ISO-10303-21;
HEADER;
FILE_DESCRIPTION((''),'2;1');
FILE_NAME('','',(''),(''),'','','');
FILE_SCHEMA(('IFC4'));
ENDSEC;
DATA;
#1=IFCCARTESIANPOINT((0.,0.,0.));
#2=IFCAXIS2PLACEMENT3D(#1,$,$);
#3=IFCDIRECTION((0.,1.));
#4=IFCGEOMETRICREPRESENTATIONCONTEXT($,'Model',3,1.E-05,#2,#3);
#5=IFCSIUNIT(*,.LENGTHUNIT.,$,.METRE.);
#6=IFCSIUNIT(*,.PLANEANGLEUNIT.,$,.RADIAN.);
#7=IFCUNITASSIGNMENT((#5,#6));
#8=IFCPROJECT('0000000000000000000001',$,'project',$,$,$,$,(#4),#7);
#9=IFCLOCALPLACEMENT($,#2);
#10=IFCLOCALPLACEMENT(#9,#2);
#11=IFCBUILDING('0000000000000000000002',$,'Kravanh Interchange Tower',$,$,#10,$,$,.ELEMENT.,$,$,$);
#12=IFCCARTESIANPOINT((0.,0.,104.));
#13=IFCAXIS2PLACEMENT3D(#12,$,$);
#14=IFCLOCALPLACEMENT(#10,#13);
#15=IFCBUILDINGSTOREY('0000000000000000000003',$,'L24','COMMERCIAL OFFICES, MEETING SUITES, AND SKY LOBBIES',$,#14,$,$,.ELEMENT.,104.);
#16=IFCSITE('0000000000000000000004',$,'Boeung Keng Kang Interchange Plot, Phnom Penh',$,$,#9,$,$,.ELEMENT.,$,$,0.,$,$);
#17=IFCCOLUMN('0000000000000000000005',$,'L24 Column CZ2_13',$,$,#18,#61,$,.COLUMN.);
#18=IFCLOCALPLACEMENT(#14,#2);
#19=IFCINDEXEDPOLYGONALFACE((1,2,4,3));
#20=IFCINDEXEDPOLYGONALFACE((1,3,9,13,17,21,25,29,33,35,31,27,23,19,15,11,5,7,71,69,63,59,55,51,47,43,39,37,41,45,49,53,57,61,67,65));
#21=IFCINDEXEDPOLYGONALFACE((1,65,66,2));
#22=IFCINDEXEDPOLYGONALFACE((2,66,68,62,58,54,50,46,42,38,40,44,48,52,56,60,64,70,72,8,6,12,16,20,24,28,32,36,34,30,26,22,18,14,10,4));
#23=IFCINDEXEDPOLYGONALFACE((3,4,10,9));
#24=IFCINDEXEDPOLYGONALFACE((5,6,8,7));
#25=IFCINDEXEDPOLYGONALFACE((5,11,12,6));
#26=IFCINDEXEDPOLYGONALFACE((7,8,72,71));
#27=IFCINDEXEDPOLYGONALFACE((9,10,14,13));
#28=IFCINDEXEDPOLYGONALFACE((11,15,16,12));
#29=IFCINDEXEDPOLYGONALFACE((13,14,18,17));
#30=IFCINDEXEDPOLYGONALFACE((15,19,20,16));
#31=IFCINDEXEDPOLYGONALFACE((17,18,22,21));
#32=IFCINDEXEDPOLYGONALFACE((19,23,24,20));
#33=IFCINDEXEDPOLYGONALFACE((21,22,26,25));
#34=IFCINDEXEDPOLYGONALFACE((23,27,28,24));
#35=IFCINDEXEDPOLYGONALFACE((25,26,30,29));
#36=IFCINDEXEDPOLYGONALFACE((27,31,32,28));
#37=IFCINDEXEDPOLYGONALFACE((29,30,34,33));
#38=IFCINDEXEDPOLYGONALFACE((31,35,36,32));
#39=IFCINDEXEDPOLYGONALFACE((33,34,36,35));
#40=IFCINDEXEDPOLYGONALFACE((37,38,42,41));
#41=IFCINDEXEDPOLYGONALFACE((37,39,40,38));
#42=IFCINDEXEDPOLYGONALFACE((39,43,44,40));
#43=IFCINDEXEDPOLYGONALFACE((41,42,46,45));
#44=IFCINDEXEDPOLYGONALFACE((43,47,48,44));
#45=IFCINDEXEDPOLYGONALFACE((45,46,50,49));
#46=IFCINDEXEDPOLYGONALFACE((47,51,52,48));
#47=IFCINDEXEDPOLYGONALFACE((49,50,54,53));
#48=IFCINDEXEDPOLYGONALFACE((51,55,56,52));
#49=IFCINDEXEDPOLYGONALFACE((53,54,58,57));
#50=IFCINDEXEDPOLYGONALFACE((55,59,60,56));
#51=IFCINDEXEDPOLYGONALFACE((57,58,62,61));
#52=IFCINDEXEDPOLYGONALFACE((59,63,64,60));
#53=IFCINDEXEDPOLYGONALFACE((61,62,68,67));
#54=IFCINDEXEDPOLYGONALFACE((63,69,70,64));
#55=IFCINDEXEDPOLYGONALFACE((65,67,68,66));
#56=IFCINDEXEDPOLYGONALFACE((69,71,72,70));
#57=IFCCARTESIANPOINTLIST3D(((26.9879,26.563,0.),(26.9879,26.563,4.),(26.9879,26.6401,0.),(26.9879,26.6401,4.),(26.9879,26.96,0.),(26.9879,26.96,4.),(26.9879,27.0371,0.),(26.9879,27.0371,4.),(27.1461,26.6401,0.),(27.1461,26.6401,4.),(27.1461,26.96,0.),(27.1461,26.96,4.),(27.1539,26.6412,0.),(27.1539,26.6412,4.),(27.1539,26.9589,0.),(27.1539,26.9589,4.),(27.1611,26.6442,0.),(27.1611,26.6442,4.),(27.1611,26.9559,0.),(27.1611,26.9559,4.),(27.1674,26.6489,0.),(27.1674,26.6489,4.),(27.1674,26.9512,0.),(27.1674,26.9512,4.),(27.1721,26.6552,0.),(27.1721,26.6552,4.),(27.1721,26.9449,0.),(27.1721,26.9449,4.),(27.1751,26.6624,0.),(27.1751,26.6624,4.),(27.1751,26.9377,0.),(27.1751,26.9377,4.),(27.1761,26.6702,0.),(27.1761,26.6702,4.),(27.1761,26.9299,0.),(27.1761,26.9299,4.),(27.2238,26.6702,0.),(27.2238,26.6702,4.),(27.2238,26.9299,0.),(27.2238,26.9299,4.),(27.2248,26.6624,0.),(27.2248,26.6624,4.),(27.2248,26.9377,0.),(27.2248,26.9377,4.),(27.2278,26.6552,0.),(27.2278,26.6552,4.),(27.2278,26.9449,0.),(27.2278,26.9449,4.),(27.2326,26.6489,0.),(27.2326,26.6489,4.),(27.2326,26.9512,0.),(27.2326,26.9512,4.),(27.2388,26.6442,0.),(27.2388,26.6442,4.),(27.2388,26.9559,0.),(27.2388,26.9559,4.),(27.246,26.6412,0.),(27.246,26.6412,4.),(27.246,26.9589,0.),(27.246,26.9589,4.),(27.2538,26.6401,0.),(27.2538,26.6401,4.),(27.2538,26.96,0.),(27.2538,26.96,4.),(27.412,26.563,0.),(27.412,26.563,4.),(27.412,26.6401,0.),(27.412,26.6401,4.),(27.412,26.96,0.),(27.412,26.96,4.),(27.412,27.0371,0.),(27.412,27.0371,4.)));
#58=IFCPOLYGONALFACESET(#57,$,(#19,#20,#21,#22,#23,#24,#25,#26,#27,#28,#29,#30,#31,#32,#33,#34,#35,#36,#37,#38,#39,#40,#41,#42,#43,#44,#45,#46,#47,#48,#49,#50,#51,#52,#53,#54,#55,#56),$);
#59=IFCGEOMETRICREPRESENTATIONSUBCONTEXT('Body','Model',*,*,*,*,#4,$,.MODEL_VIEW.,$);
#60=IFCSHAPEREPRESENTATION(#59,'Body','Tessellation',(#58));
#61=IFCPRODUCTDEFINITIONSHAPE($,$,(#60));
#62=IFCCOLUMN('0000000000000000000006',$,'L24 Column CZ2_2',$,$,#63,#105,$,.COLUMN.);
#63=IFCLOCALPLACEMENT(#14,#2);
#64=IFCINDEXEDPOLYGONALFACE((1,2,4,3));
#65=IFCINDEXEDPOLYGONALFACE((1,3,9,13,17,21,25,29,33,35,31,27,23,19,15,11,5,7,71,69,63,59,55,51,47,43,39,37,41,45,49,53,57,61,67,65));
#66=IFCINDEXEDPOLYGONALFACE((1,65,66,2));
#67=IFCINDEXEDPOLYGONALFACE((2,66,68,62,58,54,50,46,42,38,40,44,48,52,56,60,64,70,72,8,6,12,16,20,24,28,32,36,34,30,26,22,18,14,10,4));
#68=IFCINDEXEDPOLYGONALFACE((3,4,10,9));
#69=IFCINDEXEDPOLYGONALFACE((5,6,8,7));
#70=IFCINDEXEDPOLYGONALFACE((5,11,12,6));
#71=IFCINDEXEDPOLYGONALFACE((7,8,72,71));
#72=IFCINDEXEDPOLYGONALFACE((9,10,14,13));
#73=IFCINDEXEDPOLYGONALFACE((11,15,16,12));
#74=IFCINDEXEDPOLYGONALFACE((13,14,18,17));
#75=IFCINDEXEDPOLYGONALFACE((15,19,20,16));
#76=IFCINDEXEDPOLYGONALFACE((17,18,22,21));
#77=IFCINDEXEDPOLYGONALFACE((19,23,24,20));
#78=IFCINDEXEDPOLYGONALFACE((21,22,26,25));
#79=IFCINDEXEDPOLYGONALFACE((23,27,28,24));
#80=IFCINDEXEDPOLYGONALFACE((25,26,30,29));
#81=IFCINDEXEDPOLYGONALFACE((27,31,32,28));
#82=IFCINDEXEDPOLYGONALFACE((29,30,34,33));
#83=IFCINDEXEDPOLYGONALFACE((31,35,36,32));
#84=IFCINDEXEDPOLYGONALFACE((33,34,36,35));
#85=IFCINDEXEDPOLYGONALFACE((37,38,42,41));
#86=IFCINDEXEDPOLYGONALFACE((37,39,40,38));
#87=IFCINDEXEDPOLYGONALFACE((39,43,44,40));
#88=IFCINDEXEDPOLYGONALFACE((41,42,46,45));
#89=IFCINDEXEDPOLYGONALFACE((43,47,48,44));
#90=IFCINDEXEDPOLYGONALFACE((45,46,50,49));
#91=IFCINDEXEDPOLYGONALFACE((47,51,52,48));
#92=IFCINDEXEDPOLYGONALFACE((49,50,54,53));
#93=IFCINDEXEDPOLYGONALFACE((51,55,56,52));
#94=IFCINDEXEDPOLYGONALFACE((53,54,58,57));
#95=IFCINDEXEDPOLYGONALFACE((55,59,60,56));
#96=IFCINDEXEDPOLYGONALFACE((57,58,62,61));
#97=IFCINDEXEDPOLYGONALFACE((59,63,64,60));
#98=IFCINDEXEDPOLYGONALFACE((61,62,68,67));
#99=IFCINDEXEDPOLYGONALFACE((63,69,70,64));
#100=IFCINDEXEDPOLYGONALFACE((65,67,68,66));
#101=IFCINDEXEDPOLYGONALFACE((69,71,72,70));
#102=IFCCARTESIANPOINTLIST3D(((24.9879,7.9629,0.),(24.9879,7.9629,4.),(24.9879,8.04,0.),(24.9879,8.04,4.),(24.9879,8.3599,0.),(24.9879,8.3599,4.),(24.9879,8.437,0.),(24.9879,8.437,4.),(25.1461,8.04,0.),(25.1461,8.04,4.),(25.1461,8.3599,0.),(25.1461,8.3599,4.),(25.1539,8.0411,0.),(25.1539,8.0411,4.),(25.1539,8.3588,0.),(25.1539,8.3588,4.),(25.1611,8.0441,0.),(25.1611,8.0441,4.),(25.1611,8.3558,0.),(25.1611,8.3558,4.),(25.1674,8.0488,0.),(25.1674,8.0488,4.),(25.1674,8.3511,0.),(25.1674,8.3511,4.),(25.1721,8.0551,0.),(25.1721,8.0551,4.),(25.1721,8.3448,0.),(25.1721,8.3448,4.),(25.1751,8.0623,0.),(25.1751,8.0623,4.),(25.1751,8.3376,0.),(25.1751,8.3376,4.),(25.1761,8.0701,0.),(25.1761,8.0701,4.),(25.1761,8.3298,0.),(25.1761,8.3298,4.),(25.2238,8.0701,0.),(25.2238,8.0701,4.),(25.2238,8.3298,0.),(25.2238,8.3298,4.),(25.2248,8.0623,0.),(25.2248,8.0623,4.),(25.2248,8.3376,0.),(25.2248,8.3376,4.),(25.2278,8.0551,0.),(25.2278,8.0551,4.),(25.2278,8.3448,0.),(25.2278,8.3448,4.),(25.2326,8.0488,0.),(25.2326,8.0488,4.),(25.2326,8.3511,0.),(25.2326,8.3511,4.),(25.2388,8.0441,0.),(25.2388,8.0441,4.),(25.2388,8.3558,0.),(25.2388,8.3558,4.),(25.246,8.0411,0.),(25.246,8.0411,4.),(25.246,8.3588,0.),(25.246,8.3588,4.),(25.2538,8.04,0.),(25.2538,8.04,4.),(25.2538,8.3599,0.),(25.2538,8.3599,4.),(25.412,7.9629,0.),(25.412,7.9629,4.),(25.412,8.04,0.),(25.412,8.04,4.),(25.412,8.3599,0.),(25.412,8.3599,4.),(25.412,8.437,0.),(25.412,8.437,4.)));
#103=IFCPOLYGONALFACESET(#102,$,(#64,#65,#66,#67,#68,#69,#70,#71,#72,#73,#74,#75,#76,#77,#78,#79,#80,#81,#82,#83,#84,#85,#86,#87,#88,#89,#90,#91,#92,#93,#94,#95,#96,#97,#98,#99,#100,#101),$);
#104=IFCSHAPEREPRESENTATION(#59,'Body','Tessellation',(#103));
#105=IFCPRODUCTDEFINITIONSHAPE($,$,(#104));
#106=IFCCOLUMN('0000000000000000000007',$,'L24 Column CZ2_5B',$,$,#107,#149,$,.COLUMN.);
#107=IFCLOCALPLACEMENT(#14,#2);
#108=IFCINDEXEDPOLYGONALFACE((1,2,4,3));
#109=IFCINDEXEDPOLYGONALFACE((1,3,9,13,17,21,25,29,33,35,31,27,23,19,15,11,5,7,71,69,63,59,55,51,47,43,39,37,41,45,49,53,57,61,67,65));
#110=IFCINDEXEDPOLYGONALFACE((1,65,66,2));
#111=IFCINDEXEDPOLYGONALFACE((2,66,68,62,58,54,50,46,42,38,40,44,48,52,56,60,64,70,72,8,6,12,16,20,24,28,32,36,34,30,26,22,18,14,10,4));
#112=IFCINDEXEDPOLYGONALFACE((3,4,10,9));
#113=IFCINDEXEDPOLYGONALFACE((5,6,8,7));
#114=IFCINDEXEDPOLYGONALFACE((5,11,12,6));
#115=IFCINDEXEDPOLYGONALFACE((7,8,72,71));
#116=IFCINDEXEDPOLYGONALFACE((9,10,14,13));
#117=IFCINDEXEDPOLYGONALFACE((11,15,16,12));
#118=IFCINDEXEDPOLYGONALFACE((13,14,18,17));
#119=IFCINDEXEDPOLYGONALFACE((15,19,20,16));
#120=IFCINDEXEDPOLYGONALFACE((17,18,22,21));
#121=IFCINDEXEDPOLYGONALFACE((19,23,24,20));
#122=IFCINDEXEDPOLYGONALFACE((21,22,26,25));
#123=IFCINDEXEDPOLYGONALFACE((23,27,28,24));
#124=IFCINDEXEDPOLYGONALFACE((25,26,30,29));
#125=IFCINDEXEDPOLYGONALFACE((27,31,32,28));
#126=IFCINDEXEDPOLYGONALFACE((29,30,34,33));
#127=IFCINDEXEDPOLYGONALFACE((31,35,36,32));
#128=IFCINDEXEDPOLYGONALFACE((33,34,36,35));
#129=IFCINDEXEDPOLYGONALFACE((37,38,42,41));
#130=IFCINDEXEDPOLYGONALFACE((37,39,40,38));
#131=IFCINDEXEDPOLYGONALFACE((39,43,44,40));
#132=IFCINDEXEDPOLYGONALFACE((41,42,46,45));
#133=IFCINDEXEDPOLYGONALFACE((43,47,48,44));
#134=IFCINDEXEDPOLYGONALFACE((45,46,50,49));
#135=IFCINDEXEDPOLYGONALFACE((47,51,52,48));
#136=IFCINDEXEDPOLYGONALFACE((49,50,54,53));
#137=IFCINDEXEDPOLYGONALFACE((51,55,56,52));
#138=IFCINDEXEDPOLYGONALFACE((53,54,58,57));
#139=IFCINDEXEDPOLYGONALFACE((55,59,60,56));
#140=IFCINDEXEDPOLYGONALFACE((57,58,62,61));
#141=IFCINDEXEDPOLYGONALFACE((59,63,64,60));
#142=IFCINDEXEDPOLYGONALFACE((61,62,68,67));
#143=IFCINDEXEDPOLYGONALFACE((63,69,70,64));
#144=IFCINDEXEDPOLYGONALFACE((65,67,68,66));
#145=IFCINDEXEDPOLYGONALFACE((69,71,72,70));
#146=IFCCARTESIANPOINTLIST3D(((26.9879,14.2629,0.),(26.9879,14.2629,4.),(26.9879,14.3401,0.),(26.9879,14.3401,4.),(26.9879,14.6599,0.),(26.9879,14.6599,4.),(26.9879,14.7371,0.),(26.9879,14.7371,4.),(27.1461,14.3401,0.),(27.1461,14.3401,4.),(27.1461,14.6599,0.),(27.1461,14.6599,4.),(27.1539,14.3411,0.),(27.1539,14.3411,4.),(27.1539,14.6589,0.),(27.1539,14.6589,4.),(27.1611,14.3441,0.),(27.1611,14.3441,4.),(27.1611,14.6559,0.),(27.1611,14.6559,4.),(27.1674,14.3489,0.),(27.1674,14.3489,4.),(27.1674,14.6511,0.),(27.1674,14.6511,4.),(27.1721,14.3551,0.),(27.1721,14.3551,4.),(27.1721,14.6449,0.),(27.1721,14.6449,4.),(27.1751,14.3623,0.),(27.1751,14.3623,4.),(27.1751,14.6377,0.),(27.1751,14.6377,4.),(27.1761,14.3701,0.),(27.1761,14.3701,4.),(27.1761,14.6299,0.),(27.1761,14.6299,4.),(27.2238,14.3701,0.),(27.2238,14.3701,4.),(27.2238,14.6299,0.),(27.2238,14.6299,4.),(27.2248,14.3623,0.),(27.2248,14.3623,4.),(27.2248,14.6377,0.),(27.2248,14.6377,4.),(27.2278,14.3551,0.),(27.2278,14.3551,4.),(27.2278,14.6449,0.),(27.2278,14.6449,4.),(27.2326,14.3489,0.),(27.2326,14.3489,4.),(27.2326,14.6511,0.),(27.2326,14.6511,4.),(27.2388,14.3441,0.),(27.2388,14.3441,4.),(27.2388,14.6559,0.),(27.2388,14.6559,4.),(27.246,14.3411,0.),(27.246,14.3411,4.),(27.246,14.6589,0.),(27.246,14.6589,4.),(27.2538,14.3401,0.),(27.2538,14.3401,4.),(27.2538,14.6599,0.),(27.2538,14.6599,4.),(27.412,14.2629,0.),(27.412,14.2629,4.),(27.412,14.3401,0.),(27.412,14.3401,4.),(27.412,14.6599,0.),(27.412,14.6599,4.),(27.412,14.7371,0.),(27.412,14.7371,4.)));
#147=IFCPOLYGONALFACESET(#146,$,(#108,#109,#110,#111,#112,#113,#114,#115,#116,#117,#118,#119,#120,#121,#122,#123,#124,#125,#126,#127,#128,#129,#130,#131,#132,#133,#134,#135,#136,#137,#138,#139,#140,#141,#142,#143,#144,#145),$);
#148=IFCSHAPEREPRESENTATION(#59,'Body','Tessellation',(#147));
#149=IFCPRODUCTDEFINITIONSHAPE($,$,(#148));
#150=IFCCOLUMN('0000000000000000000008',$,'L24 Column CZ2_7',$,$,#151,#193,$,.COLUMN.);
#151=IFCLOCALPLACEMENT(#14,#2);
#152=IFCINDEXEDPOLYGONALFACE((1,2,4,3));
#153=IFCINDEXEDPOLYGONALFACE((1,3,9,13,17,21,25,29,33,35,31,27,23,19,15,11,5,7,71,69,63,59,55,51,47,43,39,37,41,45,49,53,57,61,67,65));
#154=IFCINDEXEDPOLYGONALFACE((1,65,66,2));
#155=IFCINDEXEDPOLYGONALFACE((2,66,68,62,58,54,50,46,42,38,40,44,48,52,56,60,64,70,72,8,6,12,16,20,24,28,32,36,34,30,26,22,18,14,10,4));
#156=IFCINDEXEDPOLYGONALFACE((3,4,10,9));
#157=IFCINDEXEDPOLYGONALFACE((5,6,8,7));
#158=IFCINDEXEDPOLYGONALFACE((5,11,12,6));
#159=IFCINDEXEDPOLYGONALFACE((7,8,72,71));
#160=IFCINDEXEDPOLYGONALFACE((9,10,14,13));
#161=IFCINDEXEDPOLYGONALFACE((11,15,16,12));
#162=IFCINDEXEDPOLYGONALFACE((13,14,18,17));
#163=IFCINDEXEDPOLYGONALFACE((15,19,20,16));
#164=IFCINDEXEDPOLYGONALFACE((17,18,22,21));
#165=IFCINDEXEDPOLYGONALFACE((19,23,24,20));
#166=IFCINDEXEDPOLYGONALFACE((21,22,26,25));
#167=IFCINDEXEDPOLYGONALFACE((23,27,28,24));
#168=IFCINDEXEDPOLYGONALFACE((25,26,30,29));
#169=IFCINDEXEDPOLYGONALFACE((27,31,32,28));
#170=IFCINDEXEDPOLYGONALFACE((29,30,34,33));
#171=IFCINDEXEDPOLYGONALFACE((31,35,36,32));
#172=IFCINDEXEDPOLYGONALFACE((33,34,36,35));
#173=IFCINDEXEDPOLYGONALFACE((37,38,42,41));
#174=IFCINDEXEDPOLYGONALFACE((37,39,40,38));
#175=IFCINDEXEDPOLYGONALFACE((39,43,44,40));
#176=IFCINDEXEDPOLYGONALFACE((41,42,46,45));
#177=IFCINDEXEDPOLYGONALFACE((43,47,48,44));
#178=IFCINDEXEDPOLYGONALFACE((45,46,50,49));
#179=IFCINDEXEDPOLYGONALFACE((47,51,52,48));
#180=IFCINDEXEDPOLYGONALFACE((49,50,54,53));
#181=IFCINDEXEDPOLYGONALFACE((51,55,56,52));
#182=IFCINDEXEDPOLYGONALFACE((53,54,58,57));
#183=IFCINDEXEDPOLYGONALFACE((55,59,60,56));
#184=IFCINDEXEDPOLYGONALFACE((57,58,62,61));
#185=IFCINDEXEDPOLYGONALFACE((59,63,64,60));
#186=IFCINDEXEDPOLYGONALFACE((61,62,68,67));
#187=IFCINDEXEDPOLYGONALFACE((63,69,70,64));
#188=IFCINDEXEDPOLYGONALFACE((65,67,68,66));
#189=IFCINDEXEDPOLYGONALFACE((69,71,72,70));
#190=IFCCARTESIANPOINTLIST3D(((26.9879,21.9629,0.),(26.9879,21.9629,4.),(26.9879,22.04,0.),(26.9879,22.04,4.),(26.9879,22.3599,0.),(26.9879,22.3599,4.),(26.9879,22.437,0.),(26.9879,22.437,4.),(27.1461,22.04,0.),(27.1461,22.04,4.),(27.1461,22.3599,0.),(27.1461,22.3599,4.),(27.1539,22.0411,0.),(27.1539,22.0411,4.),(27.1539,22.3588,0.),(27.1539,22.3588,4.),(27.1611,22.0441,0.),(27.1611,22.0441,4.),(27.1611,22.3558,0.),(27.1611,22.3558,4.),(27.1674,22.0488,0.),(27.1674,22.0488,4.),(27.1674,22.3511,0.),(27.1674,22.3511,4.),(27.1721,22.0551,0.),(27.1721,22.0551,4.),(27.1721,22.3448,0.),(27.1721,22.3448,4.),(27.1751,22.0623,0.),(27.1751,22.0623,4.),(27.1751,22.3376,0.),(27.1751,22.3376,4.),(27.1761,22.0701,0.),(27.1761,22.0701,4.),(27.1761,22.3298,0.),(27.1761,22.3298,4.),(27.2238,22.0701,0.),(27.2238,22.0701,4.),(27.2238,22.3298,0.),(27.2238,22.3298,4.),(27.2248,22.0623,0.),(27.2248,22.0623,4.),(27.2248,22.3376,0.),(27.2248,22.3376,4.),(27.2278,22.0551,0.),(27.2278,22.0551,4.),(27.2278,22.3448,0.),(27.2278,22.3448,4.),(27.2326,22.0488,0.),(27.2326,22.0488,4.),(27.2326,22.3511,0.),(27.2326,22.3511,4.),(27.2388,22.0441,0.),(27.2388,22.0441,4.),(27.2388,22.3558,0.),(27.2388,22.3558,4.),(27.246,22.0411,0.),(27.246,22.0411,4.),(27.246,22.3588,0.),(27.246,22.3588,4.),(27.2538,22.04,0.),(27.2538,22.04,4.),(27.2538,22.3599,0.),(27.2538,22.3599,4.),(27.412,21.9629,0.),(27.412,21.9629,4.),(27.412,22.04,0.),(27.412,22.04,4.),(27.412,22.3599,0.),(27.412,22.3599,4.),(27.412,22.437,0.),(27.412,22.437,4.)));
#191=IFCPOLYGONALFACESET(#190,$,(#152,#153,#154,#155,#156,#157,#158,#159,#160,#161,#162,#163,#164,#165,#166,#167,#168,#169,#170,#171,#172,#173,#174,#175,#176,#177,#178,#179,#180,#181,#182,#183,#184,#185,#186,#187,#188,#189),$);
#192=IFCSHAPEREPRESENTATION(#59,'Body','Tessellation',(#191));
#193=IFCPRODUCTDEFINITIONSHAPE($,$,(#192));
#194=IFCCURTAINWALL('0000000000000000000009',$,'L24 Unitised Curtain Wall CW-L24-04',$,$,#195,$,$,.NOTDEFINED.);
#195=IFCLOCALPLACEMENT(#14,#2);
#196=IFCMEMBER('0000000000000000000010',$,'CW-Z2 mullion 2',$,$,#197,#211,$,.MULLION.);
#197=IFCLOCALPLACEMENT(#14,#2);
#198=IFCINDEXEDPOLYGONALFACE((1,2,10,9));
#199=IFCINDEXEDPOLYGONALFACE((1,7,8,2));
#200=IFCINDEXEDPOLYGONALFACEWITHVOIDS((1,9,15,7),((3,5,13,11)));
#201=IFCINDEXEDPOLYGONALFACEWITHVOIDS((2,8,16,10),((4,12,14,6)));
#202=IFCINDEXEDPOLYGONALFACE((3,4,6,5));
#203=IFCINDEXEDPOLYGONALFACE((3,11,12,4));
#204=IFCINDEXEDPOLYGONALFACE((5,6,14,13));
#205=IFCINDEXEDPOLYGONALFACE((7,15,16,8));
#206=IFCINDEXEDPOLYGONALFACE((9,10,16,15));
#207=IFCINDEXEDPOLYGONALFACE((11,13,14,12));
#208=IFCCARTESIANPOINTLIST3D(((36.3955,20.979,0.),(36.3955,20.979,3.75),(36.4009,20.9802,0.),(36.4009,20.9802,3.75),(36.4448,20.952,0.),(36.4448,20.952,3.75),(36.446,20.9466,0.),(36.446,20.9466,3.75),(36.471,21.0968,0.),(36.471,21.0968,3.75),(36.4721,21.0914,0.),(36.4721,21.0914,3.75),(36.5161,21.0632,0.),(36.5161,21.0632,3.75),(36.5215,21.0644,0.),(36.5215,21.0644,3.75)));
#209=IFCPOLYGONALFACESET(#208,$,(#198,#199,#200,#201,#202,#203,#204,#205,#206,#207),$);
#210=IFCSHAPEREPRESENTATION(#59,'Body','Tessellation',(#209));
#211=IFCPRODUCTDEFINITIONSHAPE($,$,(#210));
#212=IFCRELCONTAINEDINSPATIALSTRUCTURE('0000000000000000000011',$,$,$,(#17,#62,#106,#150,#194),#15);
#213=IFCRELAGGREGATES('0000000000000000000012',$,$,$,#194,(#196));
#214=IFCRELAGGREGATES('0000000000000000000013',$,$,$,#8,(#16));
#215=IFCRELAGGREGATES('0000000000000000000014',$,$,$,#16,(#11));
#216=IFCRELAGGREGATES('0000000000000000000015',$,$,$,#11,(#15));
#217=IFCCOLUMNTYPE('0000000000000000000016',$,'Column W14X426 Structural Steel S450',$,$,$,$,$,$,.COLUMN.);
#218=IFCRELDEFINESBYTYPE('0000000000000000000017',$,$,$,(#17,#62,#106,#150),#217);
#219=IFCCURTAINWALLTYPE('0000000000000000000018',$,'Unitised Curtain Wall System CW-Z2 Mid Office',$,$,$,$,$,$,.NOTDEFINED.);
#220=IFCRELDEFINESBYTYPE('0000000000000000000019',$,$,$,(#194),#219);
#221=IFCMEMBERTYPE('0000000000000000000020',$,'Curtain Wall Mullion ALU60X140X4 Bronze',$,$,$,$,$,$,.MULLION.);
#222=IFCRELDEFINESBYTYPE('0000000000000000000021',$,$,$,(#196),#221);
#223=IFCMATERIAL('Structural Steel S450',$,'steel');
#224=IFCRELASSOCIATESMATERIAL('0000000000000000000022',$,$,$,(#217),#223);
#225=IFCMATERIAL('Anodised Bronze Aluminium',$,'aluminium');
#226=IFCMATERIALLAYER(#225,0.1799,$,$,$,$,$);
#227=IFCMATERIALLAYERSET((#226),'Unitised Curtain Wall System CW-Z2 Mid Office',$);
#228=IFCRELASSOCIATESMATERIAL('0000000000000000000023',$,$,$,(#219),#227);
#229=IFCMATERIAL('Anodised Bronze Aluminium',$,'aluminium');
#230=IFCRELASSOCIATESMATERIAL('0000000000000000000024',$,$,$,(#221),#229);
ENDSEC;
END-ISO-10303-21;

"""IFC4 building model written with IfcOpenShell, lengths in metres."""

from ifc_helpers import new_model, si_unit, direction, frame, origin, origin_2d, place, context, subcontext, project, spatial, hollow_rectangle, i_section, extrude, material, layer, layer_set, material_profile, profile_set, type_object, element, aggregate, save


model = new_model("IFC4")

# Units and contexts
model_context = context("Model", 3, precision=1e-05, world=origin(), true_north=direction((0.0, 1.0)))
body_context = subcontext(model_context, "Body", "Model", "MODEL_VIEW")
ifc_project = project(units=[si_unit("LENGTHUNIT", "METRE"), si_unit("PLANEANGLEUNIT", "RADIAN")], contexts=[model_context])

# Site, building, storey
site_placement = place(None, origin())
site = spatial("IfcSite", under=ifc_project, at=site_placement, Name="Boeung Keng Kang Interchange Plot, Phnom Penh", CompositionType="ELEMENT", RefElevation=0.0)
building_placement = place(site_placement, origin())
building = spatial("IfcBuilding", under=site, at=building_placement, Name="Kravanh Interchange Tower", CompositionType="ELEMENT")
storey_placement = place(building_placement, frame((0.0, 0.0, 104.0)))
storey = spatial("IfcBuildingStorey", under=building, at=storey_placement, Name="L24", Description="COMMERCIAL OFFICES, MEETING SUITES, AND SKY LOBBIES", CompositionType="ELEMENT", Elevation=104.0)

# Columns
ifc_material_1 = material(Name="Structural Steel S450", Category="steel")
ifc_material_profile_1 = material_profile(ifc_material_1, i_section(OverallWidth=0.4241, OverallDepth=0.4741, WebThickness=0.0476, FlangeThickness=0.0771, FilletRadius=0.03, at=origin_2d()), Name="W14X426")
ifc_profile_set_1 = profile_set([ifc_material_profile_1], Name="Structural Steel S450")
column_type = type_object("IfcColumnType", Name="Column W14X426 Structural Steel S450", PredefinedType="COLUMN", material=ifc_profile_set_1)
for number, where, z_axis, x_axis, name in (
    (1, (27.2, 26.8, 0.0), (0.0, 0.0, 1.0), (1.0, 0.0, 0.0), "L24 Column CZ2_13"),
    (2, (25.2, 8.2, 0.0), (0.0, 0.0, 1.0), (1.0, 0.0, 0.0), "L24 Column CZ2_2"),
    (3, (27.2, 14.5, 0.0), (0.0, 0.0, 1.0), (1.0, 0.0, 0.0), "L24 Column CZ2_5B"),
    (4, (27.2, 22.2, 0.0), (0.0, 0.0, 1.0), (1.0, 0.0, 0.0), "L24 Column CZ2_7"),
):
    element("IfcColumn", number, at=place(storey_placement, frame(where, z_axis=z_axis, x_axis=x_axis)), inside=storey, type_object=column_type, Name=name, PredefinedType="COLUMN", context=body_context, shape_type="SweptSolid", body=[
        extrude(i_section(OverallWidth=0.4241, OverallDepth=0.4741, WebThickness=0.0476, FlangeThickness=0.0771, FilletRadius=0.03, at=origin_2d()), origin(), (0.0, 0.0, 1.0), 4.0),
    ])

# Curtain wall, member
ifc_material_2 = material(Name="Anodised Bronze Aluminium", Category="aluminium")
ifc_layer_1 = layer(ifc_material_2, 0.1799)
ifc_layer_set_1 = layer_set([ifc_layer_1], Name="Unitised Curtain Wall System CW-Z2 Mid Office")
curtain_wall_type = type_object("IfcCurtainWallType", Name="Unitised Curtain Wall System CW-Z2 Mid Office", PredefinedType="NOTDEFINED", material=ifc_layer_set_1)
curtain_wall_1_placement = place(storey_placement, origin())
curtain_wall_1 = element("IfcCurtainWall", 5, at=curtain_wall_1_placement, inside=storey, type_object=curtain_wall_type, Name="L24 Unitised Curtain Wall CW-L24-04", PredefinedType="NOTDEFINED")
ifc_material_3 = material(Name="Anodised Bronze Aluminium", Category="aluminium")
ifc_material_profile_2 = material_profile(ifc_material_3, hollow_rectangle(XDim=0.0601, YDim=0.1399, WallThickness=0.0039, at=origin_2d()), Name="ALU60X140X4")
ifc_profile_set_2 = profile_set([ifc_material_profile_2], Name="Anodised Bronze Aluminium")
member_type_1 = type_object("IfcMemberType", Name="Curtain Wall Mullion ALU60X140X4 Bronze", PredefinedType="MULLION", material=ifc_profile_set_2)
member_1_placement = place(storey_placement, frame((36.4585, 21.0217, 0.0), z_axis=(0.0, 0.0, 1.0), x_axis=(0.84188, -0.539665, 0.0)))
member_1 = element("IfcMember", 6, at=member_1_placement, type_object=member_type_1, Name="CW-Z2 mullion 2", PredefinedType="MULLION", context=body_context, shape_type="SweptSolid", body=[
    extrude(hollow_rectangle(XDim=0.0601, YDim=0.1399, WallThickness=0.0039, at=origin_2d()), origin(), (0.0, 0.0, 1.0), 3.75),
])

aggregate(curtain_wall_1, [member_1])

save(model, "model.ifc")
